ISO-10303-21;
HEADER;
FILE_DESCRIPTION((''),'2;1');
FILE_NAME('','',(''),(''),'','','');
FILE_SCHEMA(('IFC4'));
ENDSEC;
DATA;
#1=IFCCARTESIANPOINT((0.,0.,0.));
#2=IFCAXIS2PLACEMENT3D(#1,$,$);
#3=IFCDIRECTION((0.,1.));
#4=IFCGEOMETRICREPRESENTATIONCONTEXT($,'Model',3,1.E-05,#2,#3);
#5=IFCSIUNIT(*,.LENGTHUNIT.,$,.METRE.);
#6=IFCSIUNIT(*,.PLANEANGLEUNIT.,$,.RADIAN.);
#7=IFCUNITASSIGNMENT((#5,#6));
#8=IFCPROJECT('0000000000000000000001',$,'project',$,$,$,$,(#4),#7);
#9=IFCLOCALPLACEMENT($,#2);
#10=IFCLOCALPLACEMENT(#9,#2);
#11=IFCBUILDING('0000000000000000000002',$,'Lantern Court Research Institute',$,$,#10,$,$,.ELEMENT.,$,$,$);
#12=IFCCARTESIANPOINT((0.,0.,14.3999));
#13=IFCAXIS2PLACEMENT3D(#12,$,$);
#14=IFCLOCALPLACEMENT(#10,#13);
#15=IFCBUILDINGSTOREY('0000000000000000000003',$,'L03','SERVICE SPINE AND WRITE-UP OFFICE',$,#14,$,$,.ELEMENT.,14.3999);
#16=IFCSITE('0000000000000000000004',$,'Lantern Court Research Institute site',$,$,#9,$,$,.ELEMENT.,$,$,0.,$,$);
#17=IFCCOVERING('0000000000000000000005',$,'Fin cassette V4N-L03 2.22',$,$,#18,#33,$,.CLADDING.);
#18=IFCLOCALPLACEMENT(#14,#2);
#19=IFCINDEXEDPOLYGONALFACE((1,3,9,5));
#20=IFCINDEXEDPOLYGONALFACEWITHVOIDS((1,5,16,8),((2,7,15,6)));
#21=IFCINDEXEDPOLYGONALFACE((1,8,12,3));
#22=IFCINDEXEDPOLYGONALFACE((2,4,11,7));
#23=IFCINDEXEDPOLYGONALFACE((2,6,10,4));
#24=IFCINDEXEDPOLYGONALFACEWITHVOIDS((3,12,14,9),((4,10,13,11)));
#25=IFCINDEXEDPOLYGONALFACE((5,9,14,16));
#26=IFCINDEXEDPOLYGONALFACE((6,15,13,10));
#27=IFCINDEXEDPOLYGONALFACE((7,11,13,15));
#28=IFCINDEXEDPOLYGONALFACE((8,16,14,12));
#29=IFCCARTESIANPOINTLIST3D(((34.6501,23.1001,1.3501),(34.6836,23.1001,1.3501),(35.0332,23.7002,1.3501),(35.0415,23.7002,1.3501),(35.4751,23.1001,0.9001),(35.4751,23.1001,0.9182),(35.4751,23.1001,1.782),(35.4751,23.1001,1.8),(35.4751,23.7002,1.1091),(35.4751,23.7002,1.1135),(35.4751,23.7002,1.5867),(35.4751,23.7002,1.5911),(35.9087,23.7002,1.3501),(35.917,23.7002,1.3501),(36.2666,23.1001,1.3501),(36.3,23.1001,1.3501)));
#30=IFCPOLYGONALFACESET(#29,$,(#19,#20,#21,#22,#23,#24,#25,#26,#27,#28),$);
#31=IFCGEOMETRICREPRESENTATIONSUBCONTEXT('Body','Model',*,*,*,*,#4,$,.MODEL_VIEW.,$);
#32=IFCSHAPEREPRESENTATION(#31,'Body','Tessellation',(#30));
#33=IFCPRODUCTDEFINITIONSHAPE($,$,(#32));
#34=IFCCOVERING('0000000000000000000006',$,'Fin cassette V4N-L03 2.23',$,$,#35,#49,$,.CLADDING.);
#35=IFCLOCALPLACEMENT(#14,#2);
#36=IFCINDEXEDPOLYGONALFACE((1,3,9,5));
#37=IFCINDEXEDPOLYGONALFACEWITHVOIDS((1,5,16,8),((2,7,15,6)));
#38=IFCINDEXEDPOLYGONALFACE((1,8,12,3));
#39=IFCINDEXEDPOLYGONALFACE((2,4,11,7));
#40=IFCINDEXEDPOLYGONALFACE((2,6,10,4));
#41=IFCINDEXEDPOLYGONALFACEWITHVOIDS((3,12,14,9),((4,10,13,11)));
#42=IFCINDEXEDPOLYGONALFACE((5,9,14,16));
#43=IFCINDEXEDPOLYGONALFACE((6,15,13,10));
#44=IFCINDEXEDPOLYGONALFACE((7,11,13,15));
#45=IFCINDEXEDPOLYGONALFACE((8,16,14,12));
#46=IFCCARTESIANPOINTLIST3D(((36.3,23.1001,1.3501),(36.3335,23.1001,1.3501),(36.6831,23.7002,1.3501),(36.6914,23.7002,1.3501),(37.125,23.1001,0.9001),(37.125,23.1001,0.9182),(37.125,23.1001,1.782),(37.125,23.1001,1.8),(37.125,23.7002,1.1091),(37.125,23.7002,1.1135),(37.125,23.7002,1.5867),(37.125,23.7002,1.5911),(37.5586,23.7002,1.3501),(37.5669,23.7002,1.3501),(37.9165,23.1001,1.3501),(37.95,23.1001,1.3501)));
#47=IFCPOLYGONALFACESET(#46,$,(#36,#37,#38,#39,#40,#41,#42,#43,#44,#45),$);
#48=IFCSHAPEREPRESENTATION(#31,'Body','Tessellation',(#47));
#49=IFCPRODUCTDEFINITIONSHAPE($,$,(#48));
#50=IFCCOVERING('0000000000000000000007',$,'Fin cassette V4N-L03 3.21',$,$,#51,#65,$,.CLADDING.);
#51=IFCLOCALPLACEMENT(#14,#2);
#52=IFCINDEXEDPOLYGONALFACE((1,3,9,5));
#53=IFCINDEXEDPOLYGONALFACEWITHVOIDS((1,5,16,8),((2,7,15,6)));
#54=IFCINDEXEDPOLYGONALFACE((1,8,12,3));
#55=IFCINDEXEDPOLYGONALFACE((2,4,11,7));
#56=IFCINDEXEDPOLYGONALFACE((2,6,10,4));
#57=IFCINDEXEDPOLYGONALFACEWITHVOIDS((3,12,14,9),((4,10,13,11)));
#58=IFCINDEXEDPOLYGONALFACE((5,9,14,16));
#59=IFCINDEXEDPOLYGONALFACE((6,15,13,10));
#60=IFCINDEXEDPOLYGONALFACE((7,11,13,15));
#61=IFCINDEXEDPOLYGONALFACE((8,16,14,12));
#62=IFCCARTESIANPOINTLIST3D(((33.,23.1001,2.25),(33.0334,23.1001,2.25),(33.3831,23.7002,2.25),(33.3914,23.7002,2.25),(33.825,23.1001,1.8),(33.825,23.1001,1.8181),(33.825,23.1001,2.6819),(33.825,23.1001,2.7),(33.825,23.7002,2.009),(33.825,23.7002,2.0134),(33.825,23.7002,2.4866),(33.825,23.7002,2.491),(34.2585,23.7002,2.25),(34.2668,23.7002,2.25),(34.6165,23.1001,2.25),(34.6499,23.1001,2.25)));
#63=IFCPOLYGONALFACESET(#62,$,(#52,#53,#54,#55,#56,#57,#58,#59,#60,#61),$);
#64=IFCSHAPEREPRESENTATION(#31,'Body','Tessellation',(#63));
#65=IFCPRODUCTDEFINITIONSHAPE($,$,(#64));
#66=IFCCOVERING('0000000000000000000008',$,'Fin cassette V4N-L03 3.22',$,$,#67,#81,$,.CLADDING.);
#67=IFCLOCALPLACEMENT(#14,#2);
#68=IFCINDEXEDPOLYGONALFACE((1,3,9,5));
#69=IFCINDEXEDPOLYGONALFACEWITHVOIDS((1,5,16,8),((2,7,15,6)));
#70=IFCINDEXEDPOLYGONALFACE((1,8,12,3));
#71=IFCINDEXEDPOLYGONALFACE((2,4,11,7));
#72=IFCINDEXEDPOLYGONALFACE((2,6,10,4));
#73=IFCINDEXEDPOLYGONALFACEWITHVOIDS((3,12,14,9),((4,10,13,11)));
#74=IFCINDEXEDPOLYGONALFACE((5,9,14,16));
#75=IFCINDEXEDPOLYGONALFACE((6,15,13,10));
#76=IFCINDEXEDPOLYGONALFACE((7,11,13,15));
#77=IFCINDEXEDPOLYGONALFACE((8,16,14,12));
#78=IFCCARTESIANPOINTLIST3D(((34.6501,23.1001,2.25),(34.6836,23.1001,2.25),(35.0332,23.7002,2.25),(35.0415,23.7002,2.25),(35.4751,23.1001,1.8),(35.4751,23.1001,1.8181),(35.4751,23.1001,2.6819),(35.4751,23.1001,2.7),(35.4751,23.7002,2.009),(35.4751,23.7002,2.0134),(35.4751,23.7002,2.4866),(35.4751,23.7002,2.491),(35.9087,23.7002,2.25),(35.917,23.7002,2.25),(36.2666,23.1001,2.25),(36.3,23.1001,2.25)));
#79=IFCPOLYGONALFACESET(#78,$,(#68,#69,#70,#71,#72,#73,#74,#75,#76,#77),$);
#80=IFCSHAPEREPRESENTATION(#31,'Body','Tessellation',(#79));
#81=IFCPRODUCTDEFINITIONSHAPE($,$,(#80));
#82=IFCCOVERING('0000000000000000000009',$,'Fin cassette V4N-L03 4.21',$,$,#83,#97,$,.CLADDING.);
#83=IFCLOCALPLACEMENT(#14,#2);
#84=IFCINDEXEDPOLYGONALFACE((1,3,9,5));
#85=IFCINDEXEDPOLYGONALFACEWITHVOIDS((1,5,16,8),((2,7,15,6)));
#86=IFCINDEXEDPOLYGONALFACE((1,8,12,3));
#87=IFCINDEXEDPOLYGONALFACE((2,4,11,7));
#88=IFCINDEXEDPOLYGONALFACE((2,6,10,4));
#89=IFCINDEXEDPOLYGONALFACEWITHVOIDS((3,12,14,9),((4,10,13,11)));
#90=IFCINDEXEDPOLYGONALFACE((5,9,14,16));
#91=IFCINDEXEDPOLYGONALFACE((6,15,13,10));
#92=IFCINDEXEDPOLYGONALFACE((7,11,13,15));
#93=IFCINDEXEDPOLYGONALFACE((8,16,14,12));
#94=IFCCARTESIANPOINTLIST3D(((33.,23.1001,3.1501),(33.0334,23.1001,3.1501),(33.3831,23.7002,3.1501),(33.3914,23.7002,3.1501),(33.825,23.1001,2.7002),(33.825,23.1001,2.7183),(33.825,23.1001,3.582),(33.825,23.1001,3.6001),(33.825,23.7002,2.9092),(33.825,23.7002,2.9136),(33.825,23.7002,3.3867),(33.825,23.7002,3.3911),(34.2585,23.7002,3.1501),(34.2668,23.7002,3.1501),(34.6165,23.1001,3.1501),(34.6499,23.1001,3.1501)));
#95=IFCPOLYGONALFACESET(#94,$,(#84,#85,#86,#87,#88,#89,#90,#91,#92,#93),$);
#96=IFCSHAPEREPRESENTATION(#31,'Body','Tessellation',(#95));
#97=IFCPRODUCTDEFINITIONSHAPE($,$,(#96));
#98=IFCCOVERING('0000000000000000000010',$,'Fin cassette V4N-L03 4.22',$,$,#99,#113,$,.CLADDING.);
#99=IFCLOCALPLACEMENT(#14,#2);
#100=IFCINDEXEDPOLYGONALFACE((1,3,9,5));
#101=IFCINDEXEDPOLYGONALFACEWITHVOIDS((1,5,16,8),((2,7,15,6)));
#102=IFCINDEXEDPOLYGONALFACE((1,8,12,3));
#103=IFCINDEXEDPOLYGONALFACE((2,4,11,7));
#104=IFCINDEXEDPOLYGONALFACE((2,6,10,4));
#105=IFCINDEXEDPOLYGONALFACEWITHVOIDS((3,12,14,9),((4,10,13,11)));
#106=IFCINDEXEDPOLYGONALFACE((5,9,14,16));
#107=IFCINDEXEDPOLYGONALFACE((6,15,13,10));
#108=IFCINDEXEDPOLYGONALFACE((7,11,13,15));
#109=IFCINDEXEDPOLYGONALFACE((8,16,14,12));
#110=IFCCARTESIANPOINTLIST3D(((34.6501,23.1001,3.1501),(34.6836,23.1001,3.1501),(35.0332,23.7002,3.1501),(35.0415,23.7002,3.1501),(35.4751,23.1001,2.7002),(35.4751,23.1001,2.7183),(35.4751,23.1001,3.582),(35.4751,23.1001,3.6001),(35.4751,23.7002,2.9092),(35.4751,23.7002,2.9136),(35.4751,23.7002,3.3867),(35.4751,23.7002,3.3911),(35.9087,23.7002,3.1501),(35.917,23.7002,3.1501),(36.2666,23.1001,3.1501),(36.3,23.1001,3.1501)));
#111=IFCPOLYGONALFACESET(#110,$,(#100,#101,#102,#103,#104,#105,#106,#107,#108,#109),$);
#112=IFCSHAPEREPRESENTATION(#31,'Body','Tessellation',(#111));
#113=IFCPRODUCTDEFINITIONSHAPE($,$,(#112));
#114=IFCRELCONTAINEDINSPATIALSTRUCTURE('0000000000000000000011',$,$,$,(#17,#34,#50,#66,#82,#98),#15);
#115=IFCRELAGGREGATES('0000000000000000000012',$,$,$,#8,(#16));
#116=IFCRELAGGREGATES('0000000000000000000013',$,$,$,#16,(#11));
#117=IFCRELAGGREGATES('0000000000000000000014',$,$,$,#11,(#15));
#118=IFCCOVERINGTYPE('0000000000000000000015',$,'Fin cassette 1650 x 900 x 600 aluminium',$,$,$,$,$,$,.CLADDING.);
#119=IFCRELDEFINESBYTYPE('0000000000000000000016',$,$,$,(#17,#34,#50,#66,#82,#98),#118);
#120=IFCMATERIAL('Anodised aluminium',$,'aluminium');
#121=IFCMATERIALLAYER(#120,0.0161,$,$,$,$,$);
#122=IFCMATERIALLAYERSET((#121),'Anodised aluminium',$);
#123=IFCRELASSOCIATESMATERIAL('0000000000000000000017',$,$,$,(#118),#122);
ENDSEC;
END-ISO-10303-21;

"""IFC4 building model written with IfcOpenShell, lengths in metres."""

from ifc_helpers import new_model, entity, si_unit, direction, frame, origin, place, context, subcontext, project, spatial, material, layer, layer_set, type_object, element, save


model = new_model("IFC4")

# Units and contexts
model_context = context("Model", 3, precision=1e-05, world=origin(), true_north=direction((0.0, 1.0)))
body_context = subcontext(model_context, "Body", "Model", "MODEL_VIEW")
ifc_project = project(units=[si_unit("LENGTHUNIT", "METRE"), si_unit("PLANEANGLEUNIT", "RADIAN")], contexts=[model_context])

# Site, building, storey
site_placement = place(None, origin())
site = spatial("IfcSite", under=ifc_project, at=site_placement, Name="Lantern Court Research Institute site", CompositionType="ELEMENT", RefElevation=0.0)
building_placement = place(site_placement, origin())
building = spatial("IfcBuilding", under=site, at=building_placement, Name="Lantern Court Research Institute", CompositionType="ELEMENT")
storey_placement = place(building_placement, frame((0.0, 0.0, 14.3999)))
storey = spatial("IfcBuildingStorey", under=building, at=storey_placement, Name="L03", Description="SERVICE SPINE AND WRITE-UP OFFICE", CompositionType="ELEMENT", Elevation=14.3999)

# Coverings
ifc_material_1 = material(Name="Anodised aluminium", Category="aluminium")
ifc_layer_1 = layer(ifc_material_1, 0.0161)
ifc_layer_set_1 = layer_set([ifc_layer_1], Name="Anodised aluminium")
covering_type = type_object("IfcCoveringType", Name="Fin cassette 1650 x 900 x 600 aluminium", PredefinedType="CLADDING", material=ifc_layer_set_1)
covering_1_placement = place(storey_placement, frame((35.4751, 23.1001, 1.3501), z_axis=(0.0, 1.0, 0.0), x_axis=(-1.0, 0.0, 0.0)))
cartesian_point_1 = entity("IfcCartesianPoint", [0.825, 0.0])
cartesian_point_2 = entity("IfcCartesianPoint", [0.7915, 0.0])
cartesian_point_3 = entity("IfcCartesianPoint", [0.4419, 0.0])
cartesian_point_4 = entity("IfcCartesianPoint", [0.4336, 0.0])
element("IfcCovering", 1, at=covering_1_placement, inside=storey, type_object=covering_type, Name="Fin cassette V4N-L03 2.22", PredefinedType="CLADDING", context=body_context, shape_type="SweptSolid", body=[
    entity("IfcExtrudedAreaSolidTapered", entity("IfcArbitraryProfileDefWithVoids", "AREA", None, entity("IfcPolyline", [cartesian_point_1, entity("IfcCartesianPoint", [0.0, 0.45]), entity("IfcCartesianPoint", [-0.825, 0.0]), entity("IfcCartesianPoint", [0.0, -0.45]), cartesian_point_1]), [entity("IfcPolyline", [cartesian_point_2, entity("IfcCartesianPoint", [0.0, 0.4319]), entity("IfcCartesianPoint", [-0.7915, 0.0]), entity("IfcCartesianPoint", [0.0, -0.4319]), cartesian_point_2])]), entity("IfcAxis2Placement3D", entity("IfcCartesianPoint", [0.0, 0.0, 0.0])), entity("IfcDirection", [0.0, 0.0, 1.0]), 0.6001, entity("IfcArbitraryProfileDefWithVoids", "AREA", None, entity("IfcPolyline", [cartesian_point_3, entity("IfcCartesianPoint", [0.0, 0.241]), entity("IfcCartesianPoint", [-0.4419, 0.0]), entity("IfcCartesianPoint", [0.0, -0.241]), cartesian_point_3]), [entity("IfcPolyline", [cartesian_point_4, entity("IfcCartesianPoint", [0.0, 0.2366]), entity("IfcCartesianPoint", [-0.4336, 0.0]), entity("IfcCartesianPoint", [0.0, -0.2366]), cartesian_point_4])])),
])
covering_2_placement = place(storey_placement, frame((37.125, 23.1001, 1.3501), z_axis=(0.0, 1.0, 0.0), x_axis=(-1.0, 0.0, 0.0)))
cartesian_point_5 = entity("IfcCartesianPoint", [0.825, 0.0])
cartesian_point_6 = entity("IfcCartesianPoint", [0.7915, 0.0])
cartesian_point_7 = entity("IfcCartesianPoint", [0.4419, 0.0])
cartesian_point_8 = entity("IfcCartesianPoint", [0.4336, 0.0])
element("IfcCovering", 2, at=covering_2_placement, inside=storey, type_object=covering_type, Name="Fin cassette V4N-L03 2.23", PredefinedType="CLADDING", context=body_context, shape_type="SweptSolid", body=[
    entity("IfcExtrudedAreaSolidTapered", entity("IfcArbitraryProfileDefWithVoids", "AREA", None, entity("IfcPolyline", [cartesian_point_5, entity("IfcCartesianPoint", [0.0, 0.45]), entity("IfcCartesianPoint", [-0.825, 0.0]), entity("IfcCartesianPoint", [0.0, -0.45]), cartesian_point_5]), [entity("IfcPolyline", [cartesian_point_6, entity("IfcCartesianPoint", [0.0, 0.4319]), entity("IfcCartesianPoint", [-0.7915, 0.0]), entity("IfcCartesianPoint", [0.0, -0.4319]), cartesian_point_6])]), entity("IfcAxis2Placement3D", entity("IfcCartesianPoint", [0.0, 0.0, 0.0])), entity("IfcDirection", [0.0, 0.0, 1.0]), 0.6001, entity("IfcArbitraryProfileDefWithVoids", "AREA", None, entity("IfcPolyline", [cartesian_point_7, entity("IfcCartesianPoint", [0.0, 0.241]), entity("IfcCartesianPoint", [-0.4419, 0.0]), entity("IfcCartesianPoint", [0.0, -0.241]), cartesian_point_7]), [entity("IfcPolyline", [cartesian_point_8, entity("IfcCartesianPoint", [0.0, 0.2366]), entity("IfcCartesianPoint", [-0.4336, 0.0]), entity("IfcCartesianPoint", [0.0, -0.2366]), cartesian_point_8])])),
])
covering_3_placement = place(storey_placement, frame((33.825, 23.1001, 2.25), z_axis=(0.0, 1.0, 0.0), x_axis=(-1.0, 0.0, 0.0)))
cartesian_point_9 = entity("IfcCartesianPoint", [0.825, 0.0])
cartesian_point_10 = entity("IfcCartesianPoint", [0.7915, 0.0])
cartesian_point_11 = entity("IfcCartesianPoint", [0.4419, 0.0])
cartesian_point_12 = entity("IfcCartesianPoint", [0.4336, 0.0])
element("IfcCovering", 3, at=covering_3_placement, inside=storey, type_object=covering_type, Name="Fin cassette V4N-L03 3.21", PredefinedType="CLADDING", context=body_context, shape_type="SweptSolid", body=[
    entity("IfcExtrudedAreaSolidTapered", entity("IfcArbitraryProfileDefWithVoids", "AREA", None, entity("IfcPolyline", [cartesian_point_9, entity("IfcCartesianPoint", [0.0, 0.45]), entity("IfcCartesianPoint", [-0.825, 0.0]), entity("IfcCartesianPoint", [0.0, -0.45]), cartesian_point_9]), [entity("IfcPolyline", [cartesian_point_10, entity("IfcCartesianPoint", [0.0, 0.4319]), entity("IfcCartesianPoint", [-0.7915, 0.0]), entity("IfcCartesianPoint", [0.0, -0.4319]), cartesian_point_10])]), entity("IfcAxis2Placement3D", entity("IfcCartesianPoint", [0.0, 0.0, 0.0])), entity("IfcDirection", [0.0, 0.0, 1.0]), 0.6001, entity("IfcArbitraryProfileDefWithVoids", "AREA", None, entity("IfcPolyline", [cartesian_point_11, entity("IfcCartesianPoint", [0.0, 0.241]), entity("IfcCartesianPoint", [-0.4419, 0.0]), entity("IfcCartesianPoint", [0.0, -0.241]), cartesian_point_11]), [entity("IfcPolyline", [cartesian_point_12, entity("IfcCartesianPoint", [0.0, 0.2366]), entity("IfcCartesianPoint", [-0.4336, 0.0]), entity("IfcCartesianPoint", [0.0, -0.2366]), cartesian_point_12])])),
])
covering_4_placement = place(storey_placement, frame((35.4751, 23.1001, 2.25), z_axis=(0.0, 1.0, 0.0), x_axis=(-1.0, 0.0, 0.0)))
cartesian_point_13 = entity("IfcCartesianPoint", [0.825, 0.0])
cartesian_point_14 = entity("IfcCartesianPoint", [0.7915, 0.0])
cartesian_point_15 = entity("IfcCartesianPoint", [0.4419, 0.0])
cartesian_point_16 = entity("IfcCartesianPoint", [0.4336, 0.0])
element("IfcCovering", 4, at=covering_4_placement, inside=storey, type_object=covering_type, Name="Fin cassette V4N-L03 3.22", PredefinedType="CLADDING", context=body_context, shape_type="SweptSolid", body=[
    entity("IfcExtrudedAreaSolidTapered", entity("IfcArbitraryProfileDefWithVoids", "AREA", None, entity("IfcPolyline", [cartesian_point_13, entity("IfcCartesianPoint", [0.0, 0.45]), entity("IfcCartesianPoint", [-0.825, 0.0]), entity("IfcCartesianPoint", [0.0, -0.45]), cartesian_point_13]), [entity("IfcPolyline", [cartesian_point_14, entity("IfcCartesianPoint", [0.0, 0.4319]), entity("IfcCartesianPoint", [-0.7915, 0.0]), entity("IfcCartesianPoint", [0.0, -0.4319]), cartesian_point_14])]), entity("IfcAxis2Placement3D", entity("IfcCartesianPoint", [0.0, 0.0, 0.0])), entity("IfcDirection", [0.0, 0.0, 1.0]), 0.6001, entity("IfcArbitraryProfileDefWithVoids", "AREA", None, entity("IfcPolyline", [cartesian_point_15, entity("IfcCartesianPoint", [0.0, 0.241]), entity("IfcCartesianPoint", [-0.4419, 0.0]), entity("IfcCartesianPoint", [0.0, -0.241]), cartesian_point_15]), [entity("IfcPolyline", [cartesian_point_16, entity("IfcCartesianPoint", [0.0, 0.2366]), entity("IfcCartesianPoint", [-0.4336, 0.0]), entity("IfcCartesianPoint", [0.0, -0.2366]), cartesian_point_16])])),
])
covering_5_placement = place(storey_placement, frame((33.825, 23.1001, 3.1501), z_axis=(0.0, 1.0, 0.0), x_axis=(-1.0, 0.0, 0.0)))
cartesian_point_17 = entity("IfcCartesianPoint", [0.825, 0.0])
cartesian_point_18 = entity("IfcCartesianPoint", [0.7915, 0.0])
cartesian_point_19 = entity("IfcCartesianPoint", [0.4419, 0.0])
cartesian_point_20 = entity("IfcCartesianPoint", [0.4336, 0.0])
element("IfcCovering", 5, at=covering_5_placement, inside=storey, type_object=covering_type, Name="Fin cassette V4N-L03 4.21", PredefinedType="CLADDING", context=body_context, shape_type="SweptSolid", body=[
    entity("IfcExtrudedAreaSolidTapered", entity("IfcArbitraryProfileDefWithVoids", "AREA", None, entity("IfcPolyline", [cartesian_point_17, entity("IfcCartesianPoint", [0.0, 0.45]), entity("IfcCartesianPoint", [-0.825, 0.0]), entity("IfcCartesianPoint", [0.0, -0.45]), cartesian_point_17]), [entity("IfcPolyline", [cartesian_point_18, entity("IfcCartesianPoint", [0.0, 0.4319]), entity("IfcCartesianPoint", [-0.7915, 0.0]), entity("IfcCartesianPoint", [0.0, -0.4319]), cartesian_point_18])]), entity("IfcAxis2Placement3D", entity("IfcCartesianPoint", [0.0, 0.0, 0.0])), entity("IfcDirection", [0.0, 0.0, 1.0]), 0.6001, entity("IfcArbitraryProfileDefWithVoids", "AREA", None, entity("IfcPolyline", [cartesian_point_19, entity("IfcCartesianPoint", [0.0, 0.241]), entity("IfcCartesianPoint", [-0.4419, 0.0]), entity("IfcCartesianPoint", [0.0, -0.241]), cartesian_point_19]), [entity("IfcPolyline", [cartesian_point_20, entity("IfcCartesianPoint", [0.0, 0.2366]), entity("IfcCartesianPoint", [-0.4336, 0.0]), entity("IfcCartesianPoint", [0.0, -0.2366]), cartesian_point_20])])),
])
covering_6_placement = place(storey_placement, frame((35.4751, 23.1001, 3.1501), z_axis=(0.0, 1.0, 0.0), x_axis=(-1.0, 0.0, 0.0)))
cartesian_point_21 = entity("IfcCartesianPoint", [0.825, 0.0])
cartesian_point_22 = entity("IfcCartesianPoint", [0.7915, 0.0])
cartesian_point_23 = entity("IfcCartesianPoint", [0.4419, 0.0])
cartesian_point_24 = entity("IfcCartesianPoint", [0.4336, 0.0])
element("IfcCovering", 6, at=covering_6_placement, inside=storey, type_object=covering_type, Name="Fin cassette V4N-L03 4.22", PredefinedType="CLADDING", context=body_context, shape_type="SweptSolid", body=[
    entity("IfcExtrudedAreaSolidTapered", entity("IfcArbitraryProfileDefWithVoids", "AREA", None, entity("IfcPolyline", [cartesian_point_21, entity("IfcCartesianPoint", [0.0, 0.45]), entity("IfcCartesianPoint", [-0.825, 0.0]), entity("IfcCartesianPoint", [0.0, -0.45]), cartesian_point_21]), [entity("IfcPolyline", [cartesian_point_22, entity("IfcCartesianPoint", [0.0, 0.4319]), entity("IfcCartesianPoint", [-0.7915, 0.0]), entity("IfcCartesianPoint", [0.0, -0.4319]), cartesian_point_22])]), entity("IfcAxis2Placement3D", entity("IfcCartesianPoint", [0.0, 0.0, 0.0])), entity("IfcDirection", [0.0, 0.0, 1.0]), 0.6001, entity("IfcArbitraryProfileDefWithVoids", "AREA", None, entity("IfcPolyline", [cartesian_point_23, entity("IfcCartesianPoint", [0.0, 0.241]), entity("IfcCartesianPoint", [-0.4419, 0.0]), entity("IfcCartesianPoint", [0.0, -0.241]), cartesian_point_23]), [entity("IfcPolyline", [cartesian_point_24, entity("IfcCartesianPoint", [0.0, 0.2366]), entity("IfcCartesianPoint", [-0.4336, 0.0]), entity("IfcCartesianPoint", [0.0, -0.2366]), cartesian_point_24])])),
])

save(model, "model.ifc")
